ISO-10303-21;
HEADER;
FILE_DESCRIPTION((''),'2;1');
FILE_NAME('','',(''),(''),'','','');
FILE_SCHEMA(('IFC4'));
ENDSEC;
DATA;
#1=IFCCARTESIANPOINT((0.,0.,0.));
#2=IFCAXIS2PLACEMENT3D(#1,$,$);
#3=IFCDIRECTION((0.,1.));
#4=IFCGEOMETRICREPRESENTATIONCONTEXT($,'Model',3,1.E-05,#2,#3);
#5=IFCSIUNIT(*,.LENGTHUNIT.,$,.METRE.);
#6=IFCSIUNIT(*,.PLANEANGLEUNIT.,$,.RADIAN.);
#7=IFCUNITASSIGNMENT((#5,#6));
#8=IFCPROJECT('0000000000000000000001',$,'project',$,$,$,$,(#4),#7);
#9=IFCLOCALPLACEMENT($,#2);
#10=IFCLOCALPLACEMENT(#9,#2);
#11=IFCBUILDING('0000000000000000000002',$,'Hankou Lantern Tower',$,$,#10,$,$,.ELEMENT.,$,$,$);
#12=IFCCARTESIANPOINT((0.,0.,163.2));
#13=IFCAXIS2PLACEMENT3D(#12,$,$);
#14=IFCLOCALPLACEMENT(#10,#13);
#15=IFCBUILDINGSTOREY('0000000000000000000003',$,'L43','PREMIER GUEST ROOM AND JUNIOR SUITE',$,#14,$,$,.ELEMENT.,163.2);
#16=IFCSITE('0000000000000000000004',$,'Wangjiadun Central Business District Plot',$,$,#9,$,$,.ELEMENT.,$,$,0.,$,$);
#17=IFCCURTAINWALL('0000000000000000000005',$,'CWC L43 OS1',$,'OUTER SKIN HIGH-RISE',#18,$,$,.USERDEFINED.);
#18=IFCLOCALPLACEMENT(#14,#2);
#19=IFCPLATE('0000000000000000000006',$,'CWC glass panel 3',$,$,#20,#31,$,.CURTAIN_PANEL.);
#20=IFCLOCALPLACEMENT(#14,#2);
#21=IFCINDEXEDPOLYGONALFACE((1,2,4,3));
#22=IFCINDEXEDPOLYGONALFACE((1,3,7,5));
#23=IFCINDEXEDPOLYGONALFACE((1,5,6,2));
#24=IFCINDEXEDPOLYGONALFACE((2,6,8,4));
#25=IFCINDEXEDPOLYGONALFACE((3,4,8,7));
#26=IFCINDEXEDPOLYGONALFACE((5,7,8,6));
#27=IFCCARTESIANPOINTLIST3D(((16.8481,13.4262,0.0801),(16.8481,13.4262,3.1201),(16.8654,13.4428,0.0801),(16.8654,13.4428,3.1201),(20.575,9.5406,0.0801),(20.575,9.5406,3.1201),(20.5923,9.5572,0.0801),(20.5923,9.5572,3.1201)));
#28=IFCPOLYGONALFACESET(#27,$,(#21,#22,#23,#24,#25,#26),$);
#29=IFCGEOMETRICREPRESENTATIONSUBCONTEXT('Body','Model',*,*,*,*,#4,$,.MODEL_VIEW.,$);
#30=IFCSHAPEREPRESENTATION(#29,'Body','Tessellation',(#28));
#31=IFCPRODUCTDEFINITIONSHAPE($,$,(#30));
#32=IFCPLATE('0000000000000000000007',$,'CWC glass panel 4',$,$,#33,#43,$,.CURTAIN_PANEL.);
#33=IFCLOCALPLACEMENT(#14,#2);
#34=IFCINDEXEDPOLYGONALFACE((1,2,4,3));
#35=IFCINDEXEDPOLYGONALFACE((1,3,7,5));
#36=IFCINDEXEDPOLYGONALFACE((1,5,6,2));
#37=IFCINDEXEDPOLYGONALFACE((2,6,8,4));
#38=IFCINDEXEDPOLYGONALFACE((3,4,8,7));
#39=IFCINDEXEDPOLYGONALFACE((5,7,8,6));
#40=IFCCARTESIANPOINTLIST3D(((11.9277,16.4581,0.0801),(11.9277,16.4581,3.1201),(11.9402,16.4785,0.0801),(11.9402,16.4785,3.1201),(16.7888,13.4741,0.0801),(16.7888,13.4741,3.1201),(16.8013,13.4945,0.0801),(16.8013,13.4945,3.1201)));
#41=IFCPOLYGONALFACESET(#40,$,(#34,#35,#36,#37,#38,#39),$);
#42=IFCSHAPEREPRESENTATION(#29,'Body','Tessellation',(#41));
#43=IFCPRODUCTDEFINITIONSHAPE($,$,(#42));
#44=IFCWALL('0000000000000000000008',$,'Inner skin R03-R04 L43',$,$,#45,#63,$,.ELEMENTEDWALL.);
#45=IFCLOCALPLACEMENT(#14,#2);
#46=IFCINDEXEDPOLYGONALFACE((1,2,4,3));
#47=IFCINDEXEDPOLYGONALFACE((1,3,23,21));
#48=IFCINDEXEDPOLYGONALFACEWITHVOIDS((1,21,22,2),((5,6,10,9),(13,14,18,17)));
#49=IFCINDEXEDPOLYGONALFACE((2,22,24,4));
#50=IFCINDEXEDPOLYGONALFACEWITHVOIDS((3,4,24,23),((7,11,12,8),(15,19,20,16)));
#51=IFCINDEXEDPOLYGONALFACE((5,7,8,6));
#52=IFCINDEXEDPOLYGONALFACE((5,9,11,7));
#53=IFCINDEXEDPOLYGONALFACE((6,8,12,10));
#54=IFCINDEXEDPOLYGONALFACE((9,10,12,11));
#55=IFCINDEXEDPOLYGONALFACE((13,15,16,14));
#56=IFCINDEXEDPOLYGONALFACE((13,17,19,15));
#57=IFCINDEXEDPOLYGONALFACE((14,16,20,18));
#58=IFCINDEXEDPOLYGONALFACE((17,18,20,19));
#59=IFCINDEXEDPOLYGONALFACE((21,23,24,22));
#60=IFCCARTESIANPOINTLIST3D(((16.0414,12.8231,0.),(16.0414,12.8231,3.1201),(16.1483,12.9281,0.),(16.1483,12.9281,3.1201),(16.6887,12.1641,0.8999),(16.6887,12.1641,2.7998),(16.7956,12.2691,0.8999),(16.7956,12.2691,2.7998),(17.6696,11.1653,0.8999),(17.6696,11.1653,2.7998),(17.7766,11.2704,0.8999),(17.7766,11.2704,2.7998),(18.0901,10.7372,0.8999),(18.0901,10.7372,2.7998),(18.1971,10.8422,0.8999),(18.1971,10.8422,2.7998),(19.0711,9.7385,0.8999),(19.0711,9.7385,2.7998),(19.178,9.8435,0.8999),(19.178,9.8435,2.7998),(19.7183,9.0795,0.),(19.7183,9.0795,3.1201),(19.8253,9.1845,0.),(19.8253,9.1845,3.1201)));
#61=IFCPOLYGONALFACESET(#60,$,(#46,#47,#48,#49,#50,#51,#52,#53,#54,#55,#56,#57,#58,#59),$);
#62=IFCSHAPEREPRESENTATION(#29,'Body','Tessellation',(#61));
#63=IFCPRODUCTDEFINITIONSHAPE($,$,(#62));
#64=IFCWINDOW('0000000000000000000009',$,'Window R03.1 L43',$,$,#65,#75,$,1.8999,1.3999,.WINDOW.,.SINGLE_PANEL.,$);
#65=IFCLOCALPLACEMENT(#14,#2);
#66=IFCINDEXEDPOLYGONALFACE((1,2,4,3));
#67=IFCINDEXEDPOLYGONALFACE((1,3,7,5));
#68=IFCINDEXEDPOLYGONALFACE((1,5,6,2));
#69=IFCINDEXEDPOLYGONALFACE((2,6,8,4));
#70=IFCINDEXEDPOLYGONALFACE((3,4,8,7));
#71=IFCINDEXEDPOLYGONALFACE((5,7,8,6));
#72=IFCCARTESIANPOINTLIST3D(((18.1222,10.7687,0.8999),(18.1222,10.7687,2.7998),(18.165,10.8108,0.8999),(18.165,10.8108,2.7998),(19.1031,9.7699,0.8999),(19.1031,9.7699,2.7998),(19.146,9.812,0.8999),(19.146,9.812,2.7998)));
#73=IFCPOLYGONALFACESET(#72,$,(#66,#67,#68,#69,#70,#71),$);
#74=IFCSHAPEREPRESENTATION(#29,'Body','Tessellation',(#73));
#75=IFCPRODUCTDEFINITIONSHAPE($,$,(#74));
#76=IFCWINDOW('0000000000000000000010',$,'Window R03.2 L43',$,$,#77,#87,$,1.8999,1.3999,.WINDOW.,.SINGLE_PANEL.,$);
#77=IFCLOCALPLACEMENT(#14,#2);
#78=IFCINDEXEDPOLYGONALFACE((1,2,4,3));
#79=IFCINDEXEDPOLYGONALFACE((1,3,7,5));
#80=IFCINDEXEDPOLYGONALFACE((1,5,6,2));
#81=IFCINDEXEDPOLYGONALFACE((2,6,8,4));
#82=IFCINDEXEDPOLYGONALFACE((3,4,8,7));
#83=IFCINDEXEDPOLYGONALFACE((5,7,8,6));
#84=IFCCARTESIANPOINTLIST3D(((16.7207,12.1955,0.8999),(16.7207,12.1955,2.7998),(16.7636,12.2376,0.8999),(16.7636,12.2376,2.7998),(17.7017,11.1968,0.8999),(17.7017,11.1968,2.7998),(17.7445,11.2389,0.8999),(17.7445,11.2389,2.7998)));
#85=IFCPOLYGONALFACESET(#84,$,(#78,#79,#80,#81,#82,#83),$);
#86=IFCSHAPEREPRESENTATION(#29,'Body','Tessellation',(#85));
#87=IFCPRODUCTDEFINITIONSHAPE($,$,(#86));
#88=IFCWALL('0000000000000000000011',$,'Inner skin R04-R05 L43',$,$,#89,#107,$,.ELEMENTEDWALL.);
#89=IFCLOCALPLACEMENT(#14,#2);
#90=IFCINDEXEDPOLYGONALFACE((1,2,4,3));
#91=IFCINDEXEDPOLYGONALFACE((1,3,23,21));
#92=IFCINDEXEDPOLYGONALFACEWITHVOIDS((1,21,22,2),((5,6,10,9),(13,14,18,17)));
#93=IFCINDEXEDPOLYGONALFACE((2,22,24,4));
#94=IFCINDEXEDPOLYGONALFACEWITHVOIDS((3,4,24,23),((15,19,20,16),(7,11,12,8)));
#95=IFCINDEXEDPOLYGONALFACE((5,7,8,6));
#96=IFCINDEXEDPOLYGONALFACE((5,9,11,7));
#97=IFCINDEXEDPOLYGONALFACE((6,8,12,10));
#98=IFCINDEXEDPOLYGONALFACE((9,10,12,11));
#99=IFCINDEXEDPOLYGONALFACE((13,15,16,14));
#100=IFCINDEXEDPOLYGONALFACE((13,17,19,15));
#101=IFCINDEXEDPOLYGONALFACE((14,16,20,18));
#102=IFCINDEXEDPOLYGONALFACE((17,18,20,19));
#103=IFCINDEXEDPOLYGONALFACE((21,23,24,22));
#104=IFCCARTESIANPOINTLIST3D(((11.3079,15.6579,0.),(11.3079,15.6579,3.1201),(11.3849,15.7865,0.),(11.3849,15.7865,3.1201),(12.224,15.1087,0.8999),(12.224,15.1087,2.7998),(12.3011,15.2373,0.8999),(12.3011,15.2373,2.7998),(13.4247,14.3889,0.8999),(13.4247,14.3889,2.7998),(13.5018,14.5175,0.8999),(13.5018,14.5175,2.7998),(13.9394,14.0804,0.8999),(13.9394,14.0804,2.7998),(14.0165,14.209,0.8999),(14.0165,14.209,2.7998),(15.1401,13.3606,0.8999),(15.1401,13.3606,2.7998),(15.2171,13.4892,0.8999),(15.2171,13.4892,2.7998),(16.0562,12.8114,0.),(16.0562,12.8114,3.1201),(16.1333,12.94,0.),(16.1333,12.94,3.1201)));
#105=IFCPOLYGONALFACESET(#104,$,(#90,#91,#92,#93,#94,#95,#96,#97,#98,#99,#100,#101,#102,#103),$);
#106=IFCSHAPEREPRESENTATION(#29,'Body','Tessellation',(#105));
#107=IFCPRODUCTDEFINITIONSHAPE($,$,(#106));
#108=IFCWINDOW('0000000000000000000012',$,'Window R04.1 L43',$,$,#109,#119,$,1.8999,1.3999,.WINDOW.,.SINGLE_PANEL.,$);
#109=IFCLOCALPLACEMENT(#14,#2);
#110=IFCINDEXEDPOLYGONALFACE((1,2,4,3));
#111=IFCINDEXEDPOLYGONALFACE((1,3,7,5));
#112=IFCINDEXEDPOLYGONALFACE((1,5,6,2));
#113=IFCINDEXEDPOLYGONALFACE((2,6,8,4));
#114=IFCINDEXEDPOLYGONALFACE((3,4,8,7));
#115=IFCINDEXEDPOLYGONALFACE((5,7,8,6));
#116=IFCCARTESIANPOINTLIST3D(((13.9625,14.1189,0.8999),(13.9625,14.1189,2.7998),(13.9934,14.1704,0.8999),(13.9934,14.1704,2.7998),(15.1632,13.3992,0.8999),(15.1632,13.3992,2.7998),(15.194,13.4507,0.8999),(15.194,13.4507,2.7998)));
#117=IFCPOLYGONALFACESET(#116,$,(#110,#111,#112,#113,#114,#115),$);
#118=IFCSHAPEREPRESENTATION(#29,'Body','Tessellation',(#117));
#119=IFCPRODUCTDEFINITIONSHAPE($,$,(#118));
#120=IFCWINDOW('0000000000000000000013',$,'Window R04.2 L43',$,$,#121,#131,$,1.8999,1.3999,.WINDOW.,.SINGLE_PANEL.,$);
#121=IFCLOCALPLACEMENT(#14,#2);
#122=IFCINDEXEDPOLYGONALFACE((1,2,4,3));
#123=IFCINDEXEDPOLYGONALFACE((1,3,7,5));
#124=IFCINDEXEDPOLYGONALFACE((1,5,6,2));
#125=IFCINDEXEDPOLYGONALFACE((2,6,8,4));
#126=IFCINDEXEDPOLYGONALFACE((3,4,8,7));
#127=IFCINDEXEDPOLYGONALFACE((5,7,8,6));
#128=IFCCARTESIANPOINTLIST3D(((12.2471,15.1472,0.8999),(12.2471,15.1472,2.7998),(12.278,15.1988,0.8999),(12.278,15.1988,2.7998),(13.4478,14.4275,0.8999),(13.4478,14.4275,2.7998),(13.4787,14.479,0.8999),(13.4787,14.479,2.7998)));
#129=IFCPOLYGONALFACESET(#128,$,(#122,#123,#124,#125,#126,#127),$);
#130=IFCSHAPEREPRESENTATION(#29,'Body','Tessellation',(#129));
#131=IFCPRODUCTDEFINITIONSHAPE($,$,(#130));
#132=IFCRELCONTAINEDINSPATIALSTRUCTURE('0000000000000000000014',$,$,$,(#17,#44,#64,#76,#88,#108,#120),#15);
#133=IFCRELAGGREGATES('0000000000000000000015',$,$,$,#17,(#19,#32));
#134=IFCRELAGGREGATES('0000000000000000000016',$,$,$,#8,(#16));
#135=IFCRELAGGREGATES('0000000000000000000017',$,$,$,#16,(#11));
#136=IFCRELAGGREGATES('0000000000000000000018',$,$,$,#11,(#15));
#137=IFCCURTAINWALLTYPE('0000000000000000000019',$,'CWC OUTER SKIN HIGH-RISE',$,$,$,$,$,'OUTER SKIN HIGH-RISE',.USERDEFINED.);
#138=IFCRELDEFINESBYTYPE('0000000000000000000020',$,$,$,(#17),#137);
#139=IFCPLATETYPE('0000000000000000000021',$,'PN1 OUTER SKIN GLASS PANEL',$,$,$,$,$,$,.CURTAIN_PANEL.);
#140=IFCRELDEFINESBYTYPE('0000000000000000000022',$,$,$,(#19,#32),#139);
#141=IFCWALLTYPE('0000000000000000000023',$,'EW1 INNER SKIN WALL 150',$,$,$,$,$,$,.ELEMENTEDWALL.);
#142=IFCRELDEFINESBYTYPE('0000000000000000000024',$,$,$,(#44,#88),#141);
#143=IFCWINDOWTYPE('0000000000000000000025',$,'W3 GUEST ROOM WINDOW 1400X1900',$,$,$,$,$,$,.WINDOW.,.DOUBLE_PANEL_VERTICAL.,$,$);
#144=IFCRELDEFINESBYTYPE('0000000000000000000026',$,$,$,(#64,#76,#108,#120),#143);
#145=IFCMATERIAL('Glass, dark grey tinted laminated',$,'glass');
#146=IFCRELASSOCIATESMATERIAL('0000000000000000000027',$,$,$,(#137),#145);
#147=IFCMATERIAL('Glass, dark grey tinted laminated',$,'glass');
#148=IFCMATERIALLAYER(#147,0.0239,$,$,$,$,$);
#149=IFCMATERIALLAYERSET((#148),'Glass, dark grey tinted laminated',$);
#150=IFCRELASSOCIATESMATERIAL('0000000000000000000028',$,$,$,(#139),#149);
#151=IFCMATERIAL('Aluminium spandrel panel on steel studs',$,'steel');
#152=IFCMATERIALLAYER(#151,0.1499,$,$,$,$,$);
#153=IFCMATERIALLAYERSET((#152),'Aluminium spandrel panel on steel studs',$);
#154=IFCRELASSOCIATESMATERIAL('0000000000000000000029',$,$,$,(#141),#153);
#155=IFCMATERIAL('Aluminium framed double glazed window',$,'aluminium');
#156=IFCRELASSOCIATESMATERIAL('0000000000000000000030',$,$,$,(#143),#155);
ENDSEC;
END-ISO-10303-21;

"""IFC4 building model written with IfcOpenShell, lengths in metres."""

from ifc_helpers import new_model, si_unit, direction, frame, frame_2d, origin, origin_2d, place, context, subcontext, project, spatial, rectangle, extrude, material, layer, layer_set, type_object, element, fill, aggregate, save


model = new_model("IFC4")

# Units and contexts
model_context = context("Model", 3, precision=1e-05, world=origin(), true_north=direction((0.0, 1.0)))
body_context = subcontext(model_context, "Body", "Model", "MODEL_VIEW")
ifc_project = project(units=[si_unit("LENGTHUNIT", "METRE"), si_unit("PLANEANGLEUNIT", "RADIAN")], contexts=[model_context])

# Site, building, storey
site_placement = place(None, origin())
site = spatial("IfcSite", under=ifc_project, at=site_placement, Name="Wangjiadun Central Business District Plot", CompositionType="ELEMENT", RefElevation=0.0)
building_placement = place(site_placement, origin())
building = spatial("IfcBuilding", under=site, at=building_placement, Name="Hankou Lantern Tower", CompositionType="ELEMENT")
storey_placement = place(building_placement, frame((0.0, 0.0, 163.2)))
storey = spatial("IfcBuildingStorey", under=building, at=storey_placement, Name="L43", Description="PREMIER GUEST ROOM AND JUNIOR SUITE", CompositionType="ELEMENT", Elevation=163.2)

# Curtain wall
ifc_material_1 = material(Name="Glass, dark grey tinted laminated", Category="glass")
curtain_wall_type = type_object("IfcCurtainWallType", Name="CWC OUTER SKIN HIGH-RISE", ElementType="OUTER SKIN HIGH-RISE", PredefinedType="USERDEFINED", material=ifc_material_1)
curtain_wall_placement = place(storey_placement, origin())
curtain_wall = element("IfcCurtainWall", 1, at=curtain_wall_placement, inside=storey, type_object=curtain_wall_type, Name="CWC L43 OS1", ObjectType="OUTER SKIN HIGH-RISE", PredefinedType="USERDEFINED")

# Plates
ifc_material_2 = material(Name="Glass, dark grey tinted laminated", Category="glass")
ifc_layer_1 = layer(ifc_material_2, 0.0239)
ifc_layer_set_1 = layer_set([ifc_layer_1], Name="Glass, dark grey tinted laminated")
plate_type = type_object("IfcPlateType", Name="PN1 OUTER SKIN GLASS PANEL", PredefinedType="CURTAIN_PANEL", material=ifc_layer_set_1)
plate_1_placement = place(storey_placement, frame((18.7202, 11.4917, 0.0801), z_axis=(0.0, 0.0, 1.0), x_axis=(-0.692216, 0.721691, 0.0)))
plate_1 = element("IfcPlate", 2, at=plate_1_placement, type_object=plate_type, Name="CWC glass panel 3", PredefinedType="CURTAIN_PANEL", context=body_context, shape_type="SweptSolid", body=[
    extrude(rectangle(XDim=5.384, YDim=0.0239, at=origin_2d()), origin(), (0.0, 0.0, 1.0), 3.04),
])
plate_2_placement = place(storey_placement, frame((14.3645, 14.9763, 0.0801), z_axis=(0.0, 0.0, 1.0), x_axis=(-0.852237, 0.523156, 0.0)))
plate_2 = element("IfcPlate", 3, at=plate_2_placement, type_object=plate_type, Name="CWC glass panel 4", PredefinedType="CURTAIN_PANEL", context=body_context, shape_type="SweptSolid", body=[
    extrude(rectangle(XDim=5.7039, YDim=0.0239, at=origin_2d()), origin(), (0.0, 0.0, 1.0), 3.04),
])
aggregate(curtain_wall, [plate_1, plate_2])

# Walls, openings, windows
ifc_material_3 = material(Name="Aluminium spandrel panel on steel studs", Category="steel")
ifc_layer_2 = layer(ifc_material_3, 0.1499)
ifc_layer_set_2 = layer_set([ifc_layer_2], Name="Aluminium spandrel panel on steel studs")
wall_type_1 = type_object("IfcWallType", Name="EW1 INNER SKIN WALL 150", PredefinedType="ELEMENTEDWALL", material=ifc_layer_set_2)
wall_1_placement = place(storey_placement, frame((19.7717, 9.1321, 0.0), z_axis=(0.0, 0.0, 1.0), x_axis=(-0.700727, 0.713429, 0.0)))
wall_1 = element("IfcWall", 4, at=wall_1_placement, inside=storey, type_object=wall_type_1, Name="Inner skin R03-R04 L43", PredefinedType="ELEMENTEDWALL", context=body_context, shape_type="SweptSolid", body=[
    extrude(rectangle(XDim=5.2473, YDim=0.1499, at=frame_2d((2.6235, 0.0))), origin(), (0.0, 0.0, 1.0), 3.1201),
])
opening_1_placement = place(wall_1_placement, frame((0.9236, 0.0, 0.8999)))
opening_1 = element("IfcOpeningElement", 5, at=opening_1_placement, cuts=wall_1, PredefinedType="OPENING", context=body_context, shape_type="SweptSolid", body=[
    extrude(rectangle(XDim=1.3999, YDim=1.8999, at=frame_2d((0.7, 0.95))), frame((0.0, 0.085, 0.0), z_axis=(0.0, -1.0, 0.0), x_axis=(1.0, 0.0, 0.0)), (0.0, 0.0, 1.0), 0.1699),
])
opening_2_placement = place(wall_1_placement, frame((2.9236, 0.0, 0.8999)))
opening_2 = element("IfcOpeningElement", 6, at=opening_2_placement, cuts=wall_1, PredefinedType="OPENING", context=body_context, shape_type="SweptSolid", body=[
    extrude(rectangle(XDim=1.3999, YDim=1.8999, at=frame_2d((0.7, 0.95))), frame((0.0, 0.085, 0.0), z_axis=(0.0, -1.0, 0.0), x_axis=(1.0, 0.0, 0.0)), (0.0, 0.0, 1.0), 0.1699),
])
ifc_material_4 = material(Name="Aluminium framed double glazed window", Category="aluminium")
window_type = type_object("IfcWindowType", Name="W3 GUEST ROOM WINDOW 1400X1900", PartitioningType="DOUBLE_PANEL_VERTICAL", PredefinedType="WINDOW", material=ifc_material_4)
window_1_placement = place(opening_1_placement, origin())
window_1 = element("IfcWindow", 7, at=window_1_placement, inside=storey, type_object=window_type, Name="Window R03.1 L43", OverallHeight=1.8999, OverallWidth=1.3999, PartitioningType="SINGLE_PANEL", PredefinedType="WINDOW", context=body_context, shape_type="SweptSolid", body=[
    extrude(rectangle(XDim=1.3999, YDim=1.8999, at=frame_2d((0.7, 0.95))), frame((0.0, 0.03, 0.0), z_axis=(0.0, -1.0, 0.0), x_axis=(1.0, 0.0, 0.0)), (0.0, 0.0, 1.0), 0.0601),
])
fill(opening_1, window_1)
window_2_placement = place(opening_2_placement, origin())
window_2 = element("IfcWindow", 8, at=window_2_placement, inside=storey, type_object=window_type, Name="Window R03.2 L43", OverallHeight=1.8999, OverallWidth=1.3999, PartitioningType="SINGLE_PANEL", PredefinedType="WINDOW", context=body_context, shape_type="SweptSolid", body=[
    extrude(rectangle(XDim=1.3999, YDim=1.8999, at=frame_2d((0.7, 0.95))), frame((0.0, 0.03, 0.0), z_axis=(0.0, -1.0, 0.0), x_axis=(1.0, 0.0, 0.0)), (0.0, 0.0, 1.0), 0.0601),
])
fill(opening_2, window_2)
wall_2_placement = place(storey_placement, frame((16.0947, 12.8757, 0.0), z_axis=(0.0, 0.0, 1.0), x_axis=(-0.857695, 0.514158, 0.0)))
wall_2 = element("IfcWall", 9, at=wall_2_placement, inside=storey, type_object=wall_type_1, Name="Inner skin R04-R05 L43", PredefinedType="ELEMENTEDWALL", context=body_context, shape_type="SweptSolid", body=[
    extrude(rectangle(XDim=5.5361, YDim=0.1499, at=frame_2d((2.7681, 0.0))), origin(), (0.0, 0.0, 1.0), 3.1201),
])
opening_3_placement = place(wall_2_placement, frame((1.0681, 0.0, 0.8999)))
opening_3 = element("IfcOpeningElement", 10, at=opening_3_placement, cuts=wall_2, PredefinedType="OPENING", context=body_context, shape_type="SweptSolid", body=[
    extrude(rectangle(XDim=1.3999, YDim=1.8999, at=frame_2d((0.7, 0.95))), frame((0.0, 0.085, 0.0), z_axis=(0.0, -1.0, 0.0), x_axis=(1.0, 0.0, 0.0)), (0.0, 0.0, 1.0), 0.1699),
])
opening_4_placement = place(wall_2_placement, frame((3.0681, 0.0, 0.8999)))
opening_4 = element("IfcOpeningElement", 11, at=opening_4_placement, cuts=wall_2, PredefinedType="OPENING", context=body_context, shape_type="SweptSolid", body=[
    extrude(rectangle(XDim=1.3999, YDim=1.8999, at=frame_2d((0.7, 0.95))), frame((0.0, 0.085, 0.0), z_axis=(0.0, -1.0, 0.0), x_axis=(1.0, 0.0, 0.0)), (0.0, 0.0, 1.0), 0.1699),
])
window_3_placement = place(opening_3_placement, origin())
window_3 = element("IfcWindow", 12, at=window_3_placement, inside=storey, type_object=window_type, Name="Window R04.1 L43", OverallHeight=1.8999, OverallWidth=1.3999, PartitioningType="SINGLE_PANEL", PredefinedType="WINDOW", context=body_context, shape_type="SweptSolid", body=[
    extrude(rectangle(XDim=1.3999, YDim=1.8999, at=frame_2d((0.7, 0.95))), frame((0.0, 0.03, 0.0), z_axis=(0.0, -1.0, 0.0), x_axis=(1.0, 0.0, 0.0)), (0.0, 0.0, 1.0), 0.0601),
])
fill(opening_3, window_3)
window_4_placement = place(opening_4_placement, origin())
window_4 = element("IfcWindow", 13, at=window_4_placement, inside=storey, type_object=window_type, Name="Window R04.2 L43", OverallHeight=1.8999, OverallWidth=1.3999, PartitioningType="SINGLE_PANEL", PredefinedType="WINDOW", context=body_context, shape_type="SweptSolid", body=[
    extrude(rectangle(XDim=1.3999, YDim=1.8999, at=frame_2d((0.7, 0.95))), frame((0.0, 0.03, 0.0), z_axis=(0.0, -1.0, 0.0), x_axis=(1.0, 0.0, 0.0)), (0.0, 0.0, 1.0), 0.0601),
])
fill(opening_4, window_4)

save(model, "model.ifc")
